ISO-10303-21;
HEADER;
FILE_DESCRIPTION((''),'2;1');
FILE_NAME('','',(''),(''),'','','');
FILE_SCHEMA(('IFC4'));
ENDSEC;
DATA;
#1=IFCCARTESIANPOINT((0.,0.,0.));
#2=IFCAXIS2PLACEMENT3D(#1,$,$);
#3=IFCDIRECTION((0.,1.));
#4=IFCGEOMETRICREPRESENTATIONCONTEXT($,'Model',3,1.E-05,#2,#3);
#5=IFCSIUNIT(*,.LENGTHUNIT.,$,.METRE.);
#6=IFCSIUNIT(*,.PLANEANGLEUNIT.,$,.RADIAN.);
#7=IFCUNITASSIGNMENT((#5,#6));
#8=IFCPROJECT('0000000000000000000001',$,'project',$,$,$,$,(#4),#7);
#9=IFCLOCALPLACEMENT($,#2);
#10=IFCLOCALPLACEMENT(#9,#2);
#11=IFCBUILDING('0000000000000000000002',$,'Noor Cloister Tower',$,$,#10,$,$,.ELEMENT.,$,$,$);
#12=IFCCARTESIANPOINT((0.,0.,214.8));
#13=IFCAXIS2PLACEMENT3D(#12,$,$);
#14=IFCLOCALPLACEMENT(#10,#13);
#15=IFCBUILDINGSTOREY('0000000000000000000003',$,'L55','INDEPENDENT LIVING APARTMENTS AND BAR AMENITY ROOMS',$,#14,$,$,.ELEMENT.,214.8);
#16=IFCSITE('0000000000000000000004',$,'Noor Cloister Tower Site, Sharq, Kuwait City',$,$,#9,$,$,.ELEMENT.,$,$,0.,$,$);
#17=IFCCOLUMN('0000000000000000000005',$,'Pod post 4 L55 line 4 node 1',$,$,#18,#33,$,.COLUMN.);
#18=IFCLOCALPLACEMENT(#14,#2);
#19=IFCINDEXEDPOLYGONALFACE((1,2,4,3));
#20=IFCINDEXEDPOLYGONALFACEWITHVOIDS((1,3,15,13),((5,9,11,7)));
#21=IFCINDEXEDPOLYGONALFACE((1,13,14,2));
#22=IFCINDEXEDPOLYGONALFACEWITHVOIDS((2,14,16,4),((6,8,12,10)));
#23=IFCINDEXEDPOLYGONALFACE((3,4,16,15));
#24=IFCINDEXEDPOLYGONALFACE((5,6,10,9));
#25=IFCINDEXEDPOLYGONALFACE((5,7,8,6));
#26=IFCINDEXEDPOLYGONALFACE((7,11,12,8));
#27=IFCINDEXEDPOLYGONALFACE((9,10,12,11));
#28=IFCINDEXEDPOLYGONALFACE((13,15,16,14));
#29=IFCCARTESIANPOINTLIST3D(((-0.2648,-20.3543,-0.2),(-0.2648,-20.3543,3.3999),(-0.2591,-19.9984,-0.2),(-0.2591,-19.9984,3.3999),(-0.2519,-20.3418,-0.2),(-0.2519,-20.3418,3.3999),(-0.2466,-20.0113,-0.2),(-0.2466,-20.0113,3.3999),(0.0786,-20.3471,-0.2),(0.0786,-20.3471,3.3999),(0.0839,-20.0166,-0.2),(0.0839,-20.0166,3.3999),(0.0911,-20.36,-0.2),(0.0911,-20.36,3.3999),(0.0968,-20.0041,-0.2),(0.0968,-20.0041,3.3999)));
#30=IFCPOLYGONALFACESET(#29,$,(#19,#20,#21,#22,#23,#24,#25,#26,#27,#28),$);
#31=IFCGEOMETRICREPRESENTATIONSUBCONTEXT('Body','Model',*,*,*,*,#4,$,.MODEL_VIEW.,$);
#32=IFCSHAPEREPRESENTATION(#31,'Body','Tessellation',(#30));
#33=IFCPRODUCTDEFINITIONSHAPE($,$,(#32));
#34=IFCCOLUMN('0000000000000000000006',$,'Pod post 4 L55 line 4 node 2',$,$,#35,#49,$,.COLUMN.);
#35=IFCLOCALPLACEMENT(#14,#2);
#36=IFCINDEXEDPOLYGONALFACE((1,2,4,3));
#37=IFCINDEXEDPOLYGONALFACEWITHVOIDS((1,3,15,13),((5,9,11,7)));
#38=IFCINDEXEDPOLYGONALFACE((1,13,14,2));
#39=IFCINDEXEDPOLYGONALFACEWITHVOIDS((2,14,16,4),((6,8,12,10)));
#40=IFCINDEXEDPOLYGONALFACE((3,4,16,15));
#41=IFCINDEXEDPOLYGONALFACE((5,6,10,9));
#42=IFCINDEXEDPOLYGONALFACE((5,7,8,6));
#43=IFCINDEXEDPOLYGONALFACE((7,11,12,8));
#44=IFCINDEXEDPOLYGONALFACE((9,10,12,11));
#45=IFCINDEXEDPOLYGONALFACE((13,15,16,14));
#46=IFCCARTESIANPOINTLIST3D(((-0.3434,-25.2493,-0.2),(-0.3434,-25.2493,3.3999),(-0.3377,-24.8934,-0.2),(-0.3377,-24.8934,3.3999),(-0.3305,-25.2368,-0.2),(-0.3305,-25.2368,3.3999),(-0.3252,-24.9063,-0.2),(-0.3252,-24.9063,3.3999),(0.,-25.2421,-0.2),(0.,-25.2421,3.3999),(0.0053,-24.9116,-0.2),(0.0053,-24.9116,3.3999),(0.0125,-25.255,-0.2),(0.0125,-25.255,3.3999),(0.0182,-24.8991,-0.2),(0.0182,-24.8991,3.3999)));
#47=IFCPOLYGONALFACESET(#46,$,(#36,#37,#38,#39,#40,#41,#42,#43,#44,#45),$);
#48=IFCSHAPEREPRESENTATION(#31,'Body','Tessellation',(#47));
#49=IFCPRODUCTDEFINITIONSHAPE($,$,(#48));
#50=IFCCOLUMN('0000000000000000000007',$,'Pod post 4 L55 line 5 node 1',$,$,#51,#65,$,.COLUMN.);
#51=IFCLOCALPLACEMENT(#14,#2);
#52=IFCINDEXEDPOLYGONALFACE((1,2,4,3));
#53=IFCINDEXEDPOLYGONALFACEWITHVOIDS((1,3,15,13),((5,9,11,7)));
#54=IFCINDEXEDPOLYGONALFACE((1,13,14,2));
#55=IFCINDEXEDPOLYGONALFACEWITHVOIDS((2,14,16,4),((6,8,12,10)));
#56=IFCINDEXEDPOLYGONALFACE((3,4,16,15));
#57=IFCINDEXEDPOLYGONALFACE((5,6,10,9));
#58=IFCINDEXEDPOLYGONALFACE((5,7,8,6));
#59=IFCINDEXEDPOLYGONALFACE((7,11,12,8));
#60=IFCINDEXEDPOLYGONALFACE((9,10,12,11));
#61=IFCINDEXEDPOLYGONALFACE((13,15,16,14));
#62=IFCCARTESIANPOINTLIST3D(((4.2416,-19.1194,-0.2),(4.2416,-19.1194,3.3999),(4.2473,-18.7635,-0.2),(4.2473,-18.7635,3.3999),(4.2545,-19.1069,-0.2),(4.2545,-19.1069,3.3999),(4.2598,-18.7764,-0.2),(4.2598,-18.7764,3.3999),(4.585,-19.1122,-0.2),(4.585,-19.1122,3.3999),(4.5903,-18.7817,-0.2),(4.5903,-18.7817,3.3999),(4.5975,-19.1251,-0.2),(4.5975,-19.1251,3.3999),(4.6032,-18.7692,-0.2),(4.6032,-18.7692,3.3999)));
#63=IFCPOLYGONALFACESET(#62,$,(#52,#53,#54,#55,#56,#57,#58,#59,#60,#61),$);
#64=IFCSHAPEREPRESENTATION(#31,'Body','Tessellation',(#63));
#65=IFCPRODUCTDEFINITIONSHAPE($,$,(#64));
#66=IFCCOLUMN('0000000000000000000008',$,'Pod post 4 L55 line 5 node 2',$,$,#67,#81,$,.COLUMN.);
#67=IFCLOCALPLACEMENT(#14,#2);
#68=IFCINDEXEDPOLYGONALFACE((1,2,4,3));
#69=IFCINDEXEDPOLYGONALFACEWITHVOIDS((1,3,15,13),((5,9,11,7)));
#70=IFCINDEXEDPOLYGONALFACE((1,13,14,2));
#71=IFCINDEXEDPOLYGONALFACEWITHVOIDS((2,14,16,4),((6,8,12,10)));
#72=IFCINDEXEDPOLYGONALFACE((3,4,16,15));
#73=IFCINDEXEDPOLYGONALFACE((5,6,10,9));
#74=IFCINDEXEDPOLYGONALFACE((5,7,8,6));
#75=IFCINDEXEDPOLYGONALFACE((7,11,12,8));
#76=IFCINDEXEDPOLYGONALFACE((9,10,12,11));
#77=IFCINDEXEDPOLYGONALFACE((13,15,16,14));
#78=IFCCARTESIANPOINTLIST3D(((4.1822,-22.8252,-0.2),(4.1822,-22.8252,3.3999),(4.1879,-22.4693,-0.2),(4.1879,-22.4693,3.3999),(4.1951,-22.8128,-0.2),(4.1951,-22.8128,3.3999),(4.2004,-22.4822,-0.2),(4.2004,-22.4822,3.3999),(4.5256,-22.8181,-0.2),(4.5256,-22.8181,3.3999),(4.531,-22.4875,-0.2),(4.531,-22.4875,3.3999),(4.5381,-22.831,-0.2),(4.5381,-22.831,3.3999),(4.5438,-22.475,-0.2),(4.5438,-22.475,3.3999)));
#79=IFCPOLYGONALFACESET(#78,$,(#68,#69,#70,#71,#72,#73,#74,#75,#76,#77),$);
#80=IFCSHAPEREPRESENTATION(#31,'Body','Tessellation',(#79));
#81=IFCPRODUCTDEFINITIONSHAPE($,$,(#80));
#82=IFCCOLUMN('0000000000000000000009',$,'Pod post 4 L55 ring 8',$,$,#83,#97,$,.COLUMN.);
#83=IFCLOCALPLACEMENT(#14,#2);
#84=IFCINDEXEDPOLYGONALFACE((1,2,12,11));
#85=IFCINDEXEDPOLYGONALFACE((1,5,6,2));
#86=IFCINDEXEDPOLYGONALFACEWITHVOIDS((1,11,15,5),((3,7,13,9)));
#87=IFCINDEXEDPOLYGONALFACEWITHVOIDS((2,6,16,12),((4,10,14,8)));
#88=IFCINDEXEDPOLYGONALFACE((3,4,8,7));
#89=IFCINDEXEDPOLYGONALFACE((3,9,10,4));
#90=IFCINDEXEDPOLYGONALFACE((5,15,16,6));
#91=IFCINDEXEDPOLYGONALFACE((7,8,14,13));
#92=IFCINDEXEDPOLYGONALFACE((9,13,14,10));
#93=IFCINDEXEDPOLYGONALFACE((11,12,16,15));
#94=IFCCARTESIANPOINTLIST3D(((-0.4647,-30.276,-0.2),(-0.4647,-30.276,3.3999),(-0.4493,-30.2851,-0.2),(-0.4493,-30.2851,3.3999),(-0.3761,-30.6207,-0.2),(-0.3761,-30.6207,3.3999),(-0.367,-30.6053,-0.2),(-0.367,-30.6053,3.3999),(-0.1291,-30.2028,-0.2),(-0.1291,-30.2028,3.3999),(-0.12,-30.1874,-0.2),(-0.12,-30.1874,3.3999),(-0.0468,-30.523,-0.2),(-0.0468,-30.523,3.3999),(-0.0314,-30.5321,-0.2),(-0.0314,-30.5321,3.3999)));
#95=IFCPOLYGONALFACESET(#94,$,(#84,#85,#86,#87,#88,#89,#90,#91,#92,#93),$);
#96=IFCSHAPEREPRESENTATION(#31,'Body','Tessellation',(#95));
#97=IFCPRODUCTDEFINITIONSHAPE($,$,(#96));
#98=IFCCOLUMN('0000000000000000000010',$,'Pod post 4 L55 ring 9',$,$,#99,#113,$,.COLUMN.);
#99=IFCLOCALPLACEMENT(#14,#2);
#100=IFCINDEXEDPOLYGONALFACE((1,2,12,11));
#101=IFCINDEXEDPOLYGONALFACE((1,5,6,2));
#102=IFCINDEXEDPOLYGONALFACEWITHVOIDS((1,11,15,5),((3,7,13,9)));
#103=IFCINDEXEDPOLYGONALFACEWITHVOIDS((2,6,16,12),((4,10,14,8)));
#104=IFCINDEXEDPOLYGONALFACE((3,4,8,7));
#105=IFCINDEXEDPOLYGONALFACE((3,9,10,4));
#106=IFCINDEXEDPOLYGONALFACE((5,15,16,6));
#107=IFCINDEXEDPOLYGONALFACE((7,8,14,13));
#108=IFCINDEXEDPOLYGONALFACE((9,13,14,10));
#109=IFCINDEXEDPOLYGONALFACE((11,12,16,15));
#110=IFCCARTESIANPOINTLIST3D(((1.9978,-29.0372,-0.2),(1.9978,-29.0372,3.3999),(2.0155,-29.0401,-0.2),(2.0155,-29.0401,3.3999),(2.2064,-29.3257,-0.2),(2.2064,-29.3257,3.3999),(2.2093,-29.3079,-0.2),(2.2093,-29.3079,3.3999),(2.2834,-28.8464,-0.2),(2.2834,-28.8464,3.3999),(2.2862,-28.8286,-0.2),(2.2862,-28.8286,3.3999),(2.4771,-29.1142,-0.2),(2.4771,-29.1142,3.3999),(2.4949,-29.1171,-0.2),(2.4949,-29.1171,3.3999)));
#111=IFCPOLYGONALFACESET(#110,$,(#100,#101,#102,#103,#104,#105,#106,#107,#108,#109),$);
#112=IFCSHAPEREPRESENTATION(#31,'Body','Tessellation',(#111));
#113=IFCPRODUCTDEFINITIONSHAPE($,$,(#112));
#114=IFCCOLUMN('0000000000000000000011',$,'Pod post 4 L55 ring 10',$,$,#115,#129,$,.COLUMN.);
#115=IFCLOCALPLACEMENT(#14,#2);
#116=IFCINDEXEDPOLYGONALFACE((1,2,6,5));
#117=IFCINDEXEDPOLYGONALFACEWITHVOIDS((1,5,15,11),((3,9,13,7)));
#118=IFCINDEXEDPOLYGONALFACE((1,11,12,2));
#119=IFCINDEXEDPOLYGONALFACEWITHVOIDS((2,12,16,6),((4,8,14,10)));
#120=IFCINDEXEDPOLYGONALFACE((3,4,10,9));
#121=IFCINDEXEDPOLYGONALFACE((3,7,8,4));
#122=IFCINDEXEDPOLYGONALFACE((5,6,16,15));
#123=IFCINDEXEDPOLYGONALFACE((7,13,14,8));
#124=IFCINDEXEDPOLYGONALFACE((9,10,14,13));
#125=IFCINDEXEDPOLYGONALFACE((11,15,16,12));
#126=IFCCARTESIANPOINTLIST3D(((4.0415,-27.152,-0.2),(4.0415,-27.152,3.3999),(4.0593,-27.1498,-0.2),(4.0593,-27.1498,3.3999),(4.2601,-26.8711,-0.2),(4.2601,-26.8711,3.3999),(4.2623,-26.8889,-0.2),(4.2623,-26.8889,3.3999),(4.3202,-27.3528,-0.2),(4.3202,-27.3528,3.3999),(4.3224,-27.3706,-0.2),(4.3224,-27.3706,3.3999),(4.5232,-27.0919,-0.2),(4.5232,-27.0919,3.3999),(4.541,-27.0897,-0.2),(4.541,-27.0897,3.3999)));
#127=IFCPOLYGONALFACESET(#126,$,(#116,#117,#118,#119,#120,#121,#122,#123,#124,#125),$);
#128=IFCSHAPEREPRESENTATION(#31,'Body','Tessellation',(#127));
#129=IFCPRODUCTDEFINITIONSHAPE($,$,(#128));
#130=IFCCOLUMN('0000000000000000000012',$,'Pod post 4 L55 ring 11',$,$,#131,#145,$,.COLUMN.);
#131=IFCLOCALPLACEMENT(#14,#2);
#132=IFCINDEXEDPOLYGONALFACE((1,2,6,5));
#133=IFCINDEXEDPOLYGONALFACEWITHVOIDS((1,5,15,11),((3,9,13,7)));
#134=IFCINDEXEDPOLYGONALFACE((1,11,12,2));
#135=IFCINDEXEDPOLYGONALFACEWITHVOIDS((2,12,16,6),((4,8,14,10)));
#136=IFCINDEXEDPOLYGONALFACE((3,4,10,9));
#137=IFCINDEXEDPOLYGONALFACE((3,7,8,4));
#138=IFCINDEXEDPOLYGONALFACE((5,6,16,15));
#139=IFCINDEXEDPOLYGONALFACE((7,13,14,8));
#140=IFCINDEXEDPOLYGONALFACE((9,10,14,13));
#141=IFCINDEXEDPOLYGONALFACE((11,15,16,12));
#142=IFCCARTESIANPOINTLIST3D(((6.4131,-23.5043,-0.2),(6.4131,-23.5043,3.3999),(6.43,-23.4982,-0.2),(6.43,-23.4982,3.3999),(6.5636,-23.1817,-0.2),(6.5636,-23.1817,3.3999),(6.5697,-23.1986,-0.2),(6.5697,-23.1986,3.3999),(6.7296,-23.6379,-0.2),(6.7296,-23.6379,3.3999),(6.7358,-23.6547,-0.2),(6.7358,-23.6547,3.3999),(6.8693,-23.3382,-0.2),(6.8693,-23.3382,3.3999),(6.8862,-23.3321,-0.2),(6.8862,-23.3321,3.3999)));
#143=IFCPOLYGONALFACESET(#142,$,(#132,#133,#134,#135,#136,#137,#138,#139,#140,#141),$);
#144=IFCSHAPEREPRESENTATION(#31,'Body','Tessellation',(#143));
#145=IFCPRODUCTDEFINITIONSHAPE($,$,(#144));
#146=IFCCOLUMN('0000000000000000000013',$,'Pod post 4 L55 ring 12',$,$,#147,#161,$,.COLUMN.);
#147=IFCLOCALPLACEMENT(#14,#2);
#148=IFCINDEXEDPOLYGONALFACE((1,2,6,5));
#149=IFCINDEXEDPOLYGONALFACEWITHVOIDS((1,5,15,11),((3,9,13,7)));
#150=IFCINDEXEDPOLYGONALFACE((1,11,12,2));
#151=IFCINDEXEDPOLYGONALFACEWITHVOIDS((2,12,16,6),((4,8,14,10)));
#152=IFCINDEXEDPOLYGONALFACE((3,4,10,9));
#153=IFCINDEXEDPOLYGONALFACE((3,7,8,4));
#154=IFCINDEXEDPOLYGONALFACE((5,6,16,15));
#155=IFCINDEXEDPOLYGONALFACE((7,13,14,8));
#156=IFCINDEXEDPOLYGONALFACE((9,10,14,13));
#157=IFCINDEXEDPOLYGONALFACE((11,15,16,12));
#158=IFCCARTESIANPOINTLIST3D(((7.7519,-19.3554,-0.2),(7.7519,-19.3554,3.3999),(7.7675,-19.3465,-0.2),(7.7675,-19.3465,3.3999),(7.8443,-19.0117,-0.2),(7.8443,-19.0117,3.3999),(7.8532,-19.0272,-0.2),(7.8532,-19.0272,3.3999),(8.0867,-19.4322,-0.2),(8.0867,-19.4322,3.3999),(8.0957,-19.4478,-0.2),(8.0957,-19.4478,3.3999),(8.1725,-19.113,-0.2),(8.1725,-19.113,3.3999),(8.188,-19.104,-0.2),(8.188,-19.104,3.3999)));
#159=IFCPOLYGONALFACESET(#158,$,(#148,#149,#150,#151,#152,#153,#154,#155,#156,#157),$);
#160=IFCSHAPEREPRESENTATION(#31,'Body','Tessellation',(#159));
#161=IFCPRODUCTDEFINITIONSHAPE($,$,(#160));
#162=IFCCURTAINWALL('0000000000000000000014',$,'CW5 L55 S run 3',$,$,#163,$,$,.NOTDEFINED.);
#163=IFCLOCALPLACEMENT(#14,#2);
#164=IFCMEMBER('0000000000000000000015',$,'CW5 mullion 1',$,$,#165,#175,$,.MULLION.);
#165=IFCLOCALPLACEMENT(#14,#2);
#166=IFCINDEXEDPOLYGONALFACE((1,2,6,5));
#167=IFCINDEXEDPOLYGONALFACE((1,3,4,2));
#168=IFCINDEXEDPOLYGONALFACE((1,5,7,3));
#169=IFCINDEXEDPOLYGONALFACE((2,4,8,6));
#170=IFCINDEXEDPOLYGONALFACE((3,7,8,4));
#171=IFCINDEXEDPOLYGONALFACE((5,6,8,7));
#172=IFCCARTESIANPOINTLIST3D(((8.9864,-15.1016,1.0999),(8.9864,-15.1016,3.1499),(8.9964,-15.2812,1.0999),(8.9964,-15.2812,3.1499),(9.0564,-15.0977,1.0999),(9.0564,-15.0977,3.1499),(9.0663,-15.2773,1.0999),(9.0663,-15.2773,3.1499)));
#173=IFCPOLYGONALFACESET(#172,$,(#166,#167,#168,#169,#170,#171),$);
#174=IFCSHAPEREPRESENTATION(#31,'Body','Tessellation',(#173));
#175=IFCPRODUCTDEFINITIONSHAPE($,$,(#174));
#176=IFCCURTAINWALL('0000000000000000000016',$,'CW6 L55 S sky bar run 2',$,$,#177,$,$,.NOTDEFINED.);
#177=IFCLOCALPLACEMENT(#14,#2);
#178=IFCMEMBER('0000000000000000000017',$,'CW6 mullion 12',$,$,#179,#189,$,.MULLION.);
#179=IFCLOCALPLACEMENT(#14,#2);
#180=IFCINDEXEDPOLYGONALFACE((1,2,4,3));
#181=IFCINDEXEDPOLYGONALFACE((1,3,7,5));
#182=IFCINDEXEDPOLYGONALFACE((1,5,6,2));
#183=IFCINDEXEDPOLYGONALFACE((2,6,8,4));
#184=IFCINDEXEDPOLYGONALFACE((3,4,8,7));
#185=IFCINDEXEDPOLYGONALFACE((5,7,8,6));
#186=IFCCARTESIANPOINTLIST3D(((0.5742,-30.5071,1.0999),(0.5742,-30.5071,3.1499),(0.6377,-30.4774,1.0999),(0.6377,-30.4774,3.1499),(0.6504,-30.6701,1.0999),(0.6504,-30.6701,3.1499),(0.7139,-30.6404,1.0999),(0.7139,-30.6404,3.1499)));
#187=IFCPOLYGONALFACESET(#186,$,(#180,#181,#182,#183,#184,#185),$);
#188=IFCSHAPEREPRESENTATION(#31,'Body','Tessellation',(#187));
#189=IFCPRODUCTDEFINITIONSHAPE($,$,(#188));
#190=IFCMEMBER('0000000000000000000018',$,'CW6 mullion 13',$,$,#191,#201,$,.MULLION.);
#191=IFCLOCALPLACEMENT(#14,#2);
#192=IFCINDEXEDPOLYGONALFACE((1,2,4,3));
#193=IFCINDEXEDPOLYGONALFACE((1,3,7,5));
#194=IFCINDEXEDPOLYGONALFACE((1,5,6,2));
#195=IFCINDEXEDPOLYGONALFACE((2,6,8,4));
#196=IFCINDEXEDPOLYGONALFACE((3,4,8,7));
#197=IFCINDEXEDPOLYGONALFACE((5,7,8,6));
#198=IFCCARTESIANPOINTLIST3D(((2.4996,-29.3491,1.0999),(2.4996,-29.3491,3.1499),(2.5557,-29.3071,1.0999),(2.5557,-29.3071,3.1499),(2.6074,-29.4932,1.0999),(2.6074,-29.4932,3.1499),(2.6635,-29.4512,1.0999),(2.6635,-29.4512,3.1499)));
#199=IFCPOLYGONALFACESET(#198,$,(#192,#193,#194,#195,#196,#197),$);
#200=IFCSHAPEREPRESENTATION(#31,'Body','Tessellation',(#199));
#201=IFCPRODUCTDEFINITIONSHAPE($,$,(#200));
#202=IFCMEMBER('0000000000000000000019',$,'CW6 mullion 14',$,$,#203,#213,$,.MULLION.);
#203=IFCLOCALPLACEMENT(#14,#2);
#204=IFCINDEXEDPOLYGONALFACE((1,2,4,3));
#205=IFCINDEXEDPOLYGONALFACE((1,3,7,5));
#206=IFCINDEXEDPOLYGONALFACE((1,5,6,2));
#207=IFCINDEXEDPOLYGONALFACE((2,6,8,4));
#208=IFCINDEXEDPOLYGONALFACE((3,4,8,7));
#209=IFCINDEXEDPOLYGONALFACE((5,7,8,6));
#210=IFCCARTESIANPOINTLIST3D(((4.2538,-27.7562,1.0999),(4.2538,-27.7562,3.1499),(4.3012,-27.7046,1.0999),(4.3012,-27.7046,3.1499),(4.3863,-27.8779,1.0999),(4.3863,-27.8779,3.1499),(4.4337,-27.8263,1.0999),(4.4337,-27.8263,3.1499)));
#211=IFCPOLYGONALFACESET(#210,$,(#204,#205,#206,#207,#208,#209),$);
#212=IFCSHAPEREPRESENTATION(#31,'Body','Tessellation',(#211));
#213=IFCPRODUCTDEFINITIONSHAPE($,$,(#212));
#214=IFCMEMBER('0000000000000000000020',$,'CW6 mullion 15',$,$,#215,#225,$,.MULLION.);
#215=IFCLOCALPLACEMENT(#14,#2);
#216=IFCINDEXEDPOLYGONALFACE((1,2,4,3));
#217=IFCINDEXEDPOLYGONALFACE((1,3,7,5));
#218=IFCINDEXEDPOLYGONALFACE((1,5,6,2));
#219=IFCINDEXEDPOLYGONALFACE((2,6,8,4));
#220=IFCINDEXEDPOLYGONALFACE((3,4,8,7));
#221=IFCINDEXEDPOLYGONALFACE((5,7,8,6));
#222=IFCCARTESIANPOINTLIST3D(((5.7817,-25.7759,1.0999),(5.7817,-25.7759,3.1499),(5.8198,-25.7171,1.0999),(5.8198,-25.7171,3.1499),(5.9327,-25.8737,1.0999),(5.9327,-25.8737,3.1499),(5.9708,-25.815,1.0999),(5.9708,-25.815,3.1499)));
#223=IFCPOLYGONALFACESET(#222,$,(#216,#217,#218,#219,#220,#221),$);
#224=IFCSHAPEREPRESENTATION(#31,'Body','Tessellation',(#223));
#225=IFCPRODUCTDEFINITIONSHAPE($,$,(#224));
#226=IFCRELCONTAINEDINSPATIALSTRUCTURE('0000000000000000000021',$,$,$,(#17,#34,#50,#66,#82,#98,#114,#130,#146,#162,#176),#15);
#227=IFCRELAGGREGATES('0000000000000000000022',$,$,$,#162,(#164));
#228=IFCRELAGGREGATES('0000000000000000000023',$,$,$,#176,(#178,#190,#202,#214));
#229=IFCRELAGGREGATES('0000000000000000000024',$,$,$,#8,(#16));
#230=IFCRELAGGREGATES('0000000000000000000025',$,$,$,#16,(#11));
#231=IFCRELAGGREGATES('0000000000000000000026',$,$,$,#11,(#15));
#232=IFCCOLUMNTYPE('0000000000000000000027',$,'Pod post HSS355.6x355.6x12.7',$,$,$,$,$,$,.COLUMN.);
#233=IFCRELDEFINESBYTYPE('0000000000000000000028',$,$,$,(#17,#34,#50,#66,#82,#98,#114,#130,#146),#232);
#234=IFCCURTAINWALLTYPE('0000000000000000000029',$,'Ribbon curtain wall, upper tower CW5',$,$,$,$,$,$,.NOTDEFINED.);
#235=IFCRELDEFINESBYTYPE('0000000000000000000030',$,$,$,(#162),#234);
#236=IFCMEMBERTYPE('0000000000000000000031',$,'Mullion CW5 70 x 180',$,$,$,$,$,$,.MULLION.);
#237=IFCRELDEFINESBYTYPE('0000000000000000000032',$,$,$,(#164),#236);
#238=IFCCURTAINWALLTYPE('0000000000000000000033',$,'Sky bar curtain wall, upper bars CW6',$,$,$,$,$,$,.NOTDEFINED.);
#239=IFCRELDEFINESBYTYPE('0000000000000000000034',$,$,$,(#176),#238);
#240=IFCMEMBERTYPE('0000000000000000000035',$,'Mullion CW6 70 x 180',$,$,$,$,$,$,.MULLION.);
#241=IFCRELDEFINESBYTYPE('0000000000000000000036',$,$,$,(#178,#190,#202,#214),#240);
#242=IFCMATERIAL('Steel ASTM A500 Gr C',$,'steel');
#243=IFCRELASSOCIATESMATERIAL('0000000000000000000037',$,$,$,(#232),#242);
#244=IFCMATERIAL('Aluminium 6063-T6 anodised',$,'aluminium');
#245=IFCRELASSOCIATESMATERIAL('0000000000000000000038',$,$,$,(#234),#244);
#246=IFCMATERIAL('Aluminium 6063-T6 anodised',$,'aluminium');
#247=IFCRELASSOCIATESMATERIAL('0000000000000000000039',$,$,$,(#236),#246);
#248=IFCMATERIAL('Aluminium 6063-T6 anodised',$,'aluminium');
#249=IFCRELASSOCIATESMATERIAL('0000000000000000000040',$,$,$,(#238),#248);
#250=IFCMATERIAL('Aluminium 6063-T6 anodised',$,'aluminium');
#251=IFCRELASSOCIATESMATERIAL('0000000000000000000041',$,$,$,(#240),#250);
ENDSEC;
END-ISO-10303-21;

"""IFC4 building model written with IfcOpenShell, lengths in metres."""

from ifc_helpers import new_model, si_unit, direction, frame, origin, origin_2d, place, context, subcontext, project, spatial, rectangle, hollow_rectangle, extrude, material, material_profile, profile_set, type_object, element, aggregate, save


model = new_model("IFC4")

# Units and contexts
model_context = context("Model", 3, precision=1e-05, world=origin(), true_north=direction((0.0, 1.0)))
body_context = subcontext(model_context, "Body", "Model", "MODEL_VIEW")
ifc_project = project(units=[si_unit("LENGTHUNIT", "METRE"), si_unit("PLANEANGLEUNIT", "RADIAN")], contexts=[model_context])

# Site, building, storey
site_placement = place(None, origin())
site = spatial("IfcSite", under=ifc_project, at=site_placement, Name="Noor Cloister Tower Site, Sharq, Kuwait City", CompositionType="ELEMENT", RefElevation=0.0)
building_placement = place(site_placement, origin())
building = spatial("IfcBuilding", under=site, at=building_placement, Name="Noor Cloister Tower", CompositionType="ELEMENT")
storey_placement = place(building_placement, frame((0.0, 0.0, 214.8)))
storey = spatial("IfcBuildingStorey", under=building, at=storey_placement, Name="L55", Description="INDEPENDENT LIVING APARTMENTS AND BAR AMENITY ROOMS", CompositionType="ELEMENT", Elevation=214.8)

# Columns
ifc_material_1 = material(Name="Steel ASTM A500 Gr C", Category="steel")
ifc_material_profile_1 = material_profile(ifc_material_1, hollow_rectangle(XDim=0.356, YDim=0.356, WallThickness=0.0127, at=origin_2d()), Name="HSS355.6x355.6x12.7")
ifc_profile_set_1 = profile_set([ifc_material_profile_1], Name="Steel ASTM A500 Gr C")
column_type = type_object("IfcColumnType", Name="Pod post HSS355.6x355.6x12.7", PredefinedType="COLUMN", material=ifc_profile_set_1)
for number, where, z_axis, x_axis, name in (
    (1, (-0.084, -20.1792, -0.2), (0.0, 0.0, 1.0), (-0.016039, -0.999871, 0.0), "Pod post 4 L55 line 4 node 1"),
    (2, (-0.1626, -25.0742, -0.2), (0.0, 0.0, 1.0), (-0.016039, -0.999871, 0.0), "Pod post 4 L55 line 4 node 2"),
    (3, (4.4224, -18.9443, -0.2), (0.0, 0.0, 1.0), (-0.016039, -0.999871, 0.0), "Pod post 4 L55 line 5 node 1"),
    (4, (4.363, -22.6501, -0.2), (0.0, 0.0, 1.0), (-0.016039, -0.999871, 0.0), "Pod post 4 L55 line 5 node 2"),
    (5, (-0.248, -30.4041, -0.2), (0.0, 0.0, 1.0), (0.968528, 0.248905, 0.0), "Pod post 4 L55 ring 8"),
    (6, (2.2463, -29.0771, -0.2), (0.0, 0.0, 1.0), (0.810277, 0.586046, 0.0), "Pod post 4 L55 ring 9"),
    (7, (4.2913, -27.1208, -0.2), (0.0, 0.0, 1.0), (0.614122, 0.789211, 0.0), "Pod post 4 L55 ring 10"),
    (8, (6.6497, -23.4182, -0.2), (0.0, 0.0, 1.0), (0.422538, 0.906345, 0.0), "Pod post 4 L55 ring 11"),
    (9, (7.97, -19.2297, -0.2), (0.0, 0.0, 1.0), (0.259465, 0.965752, 0.0), "Pod post 4 L55 ring 12"),
):
    element("IfcColumn", number, at=place(storey_placement, frame(where, z_axis=z_axis, x_axis=x_axis)), inside=storey, type_object=column_type, Name=name, PredefinedType="COLUMN", context=body_context, shape_type="SweptSolid", body=[
        extrude(hollow_rectangle(XDim=0.356, YDim=0.356, WallThickness=0.0127, at=origin_2d()), origin(), (0.0, 0.0, 1.0), 3.5999),
    ])

# Curtain wall, member
ifc_material_2 = material(Name="Aluminium 6063-T6 anodised", Category="aluminium")
curtain_wall_type_1 = type_object("IfcCurtainWallType", Name="Ribbon curtain wall, upper tower CW5", PredefinedType="NOTDEFINED", material=ifc_material_2)
curtain_wall_1_placement = place(storey_placement, origin())
curtain_wall_1 = element("IfcCurtainWall", 10, at=curtain_wall_1_placement, inside=storey, type_object=curtain_wall_type_1, Name="CW5 L55 S run 3", PredefinedType="NOTDEFINED")
ifc_material_3 = material(Name="Aluminium 6063-T6 anodised", Category="aluminium")
ifc_material_profile_2 = material_profile(ifc_material_3, rectangle(XDim=0.1799, YDim=0.0701, at=origin_2d()), Name="180 x 70 mullion")
ifc_profile_set_2 = profile_set([ifc_material_profile_2], Name="Aluminium 6063-T6 anodised")
member_type_1 = type_object("IfcMemberType", Name="Mullion CW5 70 x 180", PredefinedType="MULLION", material=ifc_profile_set_2)
member_1_placement = place(storey_placement, frame((9.0264, -15.1895, 1.0999), z_axis=(0.0, 0.0, 1.0), x_axis=(-0.055305, 0.998469, 0.0)))
member_1 = element("IfcMember", 11, at=member_1_placement, type_object=member_type_1, Name="CW5 mullion 1", PredefinedType="MULLION", context=body_context, shape_type="SweptSolid", body=[
    extrude(rectangle(XDim=0.1799, YDim=0.0701, at=origin_2d()), origin(), (0.0, 0.0, 1.0), 2.05),
])
aggregate(curtain_wall_1, [member_1])

# Curtain wall, members
ifc_material_4 = material(Name="Aluminium 6063-T6 anodised", Category="aluminium")
curtain_wall_type_2 = type_object("IfcCurtainWallType", Name="Sky bar curtain wall, upper bars CW6", PredefinedType="NOTDEFINED", material=ifc_material_4)
curtain_wall_2_placement = place(storey_placement, origin())
curtain_wall_2 = element("IfcCurtainWall", 12, at=curtain_wall_2_placement, inside=storey, type_object=curtain_wall_type_2, Name="CW6 L55 S sky bar run 2", PredefinedType="NOTDEFINED")
ifc_material_5 = material(Name="Aluminium 6063-T6 anodised", Category="aluminium")
ifc_material_profile_3 = material_profile(ifc_material_5, rectangle(XDim=0.1799, YDim=0.0701, at=origin_2d()), Name="180 x 70 mullion")
ifc_profile_set_3 = profile_set([ifc_material_profile_3], Name="Aluminium 6063-T6 anodised")
member_type_2 = type_object("IfcMemberType", Name="Mullion CW6 70 x 180", PredefinedType="MULLION", material=ifc_profile_set_3)
member_2_placement = place(storey_placement, frame((0.644, -30.5737, 1.0999), z_axis=(0.0, 0.0, 1.0), x_axis=(-0.423615, 0.905842, 0.0)))
member_2 = element("IfcMember", 13, at=member_2_placement, type_object=member_type_2, Name="CW6 mullion 12", PredefinedType="MULLION", context=body_context, shape_type="SweptSolid", body=[
    extrude(rectangle(XDim=0.1799, YDim=0.0701, at=origin_2d()), origin(), (0.0, 0.0, 1.0), 2.05),
])
member_3_placement = place(storey_placement, frame((2.5815, -29.4001, 1.0999), z_axis=(0.0, 0.0, 1.0), x_axis=(-0.599035, 0.800723, 0.0)))
member_3 = element("IfcMember", 14, at=member_3_placement, type_object=member_type_2, Name="CW6 mullion 13", PredefinedType="MULLION", context=body_context, shape_type="SweptSolid", body=[
    extrude(rectangle(XDim=0.1799, YDim=0.0701, at=origin_2d()), origin(), (0.0, 0.0, 1.0), 2.05),
])
member_4_placement = place(storey_placement, frame((4.3438, -27.7913, 1.0999), z_axis=(0.0, 0.0, 1.0), x_axis=(-0.736555, 0.676377, 0.0)))
member_4 = element("IfcMember", 15, at=member_4_placement, type_object=member_type_2, Name="CW6 mullion 14", PredefinedType="MULLION", context=body_context, shape_type="SweptSolid", body=[
    extrude(rectangle(XDim=0.1799, YDim=0.0701, at=origin_2d()), origin(), (0.0, 0.0, 1.0), 2.05),
])
member_5_placement = place(storey_placement, frame((5.8762, -25.7954, 1.0999), z_axis=(0.0, 0.0, 1.0), x_axis=(-0.839087, 0.543997, 0.0)))
member_5 = element("IfcMember", 16, at=member_5_placement, type_object=member_type_2, Name="CW6 mullion 15", PredefinedType="MULLION", context=body_context, shape_type="SweptSolid", body=[
    extrude(rectangle(XDim=0.1799, YDim=0.0701, at=origin_2d()), origin(), (0.0, 0.0, 1.0), 2.05),
])
aggregate(curtain_wall_2, [member_2, member_3, member_4, member_5])

save(model, "model.ifc")
